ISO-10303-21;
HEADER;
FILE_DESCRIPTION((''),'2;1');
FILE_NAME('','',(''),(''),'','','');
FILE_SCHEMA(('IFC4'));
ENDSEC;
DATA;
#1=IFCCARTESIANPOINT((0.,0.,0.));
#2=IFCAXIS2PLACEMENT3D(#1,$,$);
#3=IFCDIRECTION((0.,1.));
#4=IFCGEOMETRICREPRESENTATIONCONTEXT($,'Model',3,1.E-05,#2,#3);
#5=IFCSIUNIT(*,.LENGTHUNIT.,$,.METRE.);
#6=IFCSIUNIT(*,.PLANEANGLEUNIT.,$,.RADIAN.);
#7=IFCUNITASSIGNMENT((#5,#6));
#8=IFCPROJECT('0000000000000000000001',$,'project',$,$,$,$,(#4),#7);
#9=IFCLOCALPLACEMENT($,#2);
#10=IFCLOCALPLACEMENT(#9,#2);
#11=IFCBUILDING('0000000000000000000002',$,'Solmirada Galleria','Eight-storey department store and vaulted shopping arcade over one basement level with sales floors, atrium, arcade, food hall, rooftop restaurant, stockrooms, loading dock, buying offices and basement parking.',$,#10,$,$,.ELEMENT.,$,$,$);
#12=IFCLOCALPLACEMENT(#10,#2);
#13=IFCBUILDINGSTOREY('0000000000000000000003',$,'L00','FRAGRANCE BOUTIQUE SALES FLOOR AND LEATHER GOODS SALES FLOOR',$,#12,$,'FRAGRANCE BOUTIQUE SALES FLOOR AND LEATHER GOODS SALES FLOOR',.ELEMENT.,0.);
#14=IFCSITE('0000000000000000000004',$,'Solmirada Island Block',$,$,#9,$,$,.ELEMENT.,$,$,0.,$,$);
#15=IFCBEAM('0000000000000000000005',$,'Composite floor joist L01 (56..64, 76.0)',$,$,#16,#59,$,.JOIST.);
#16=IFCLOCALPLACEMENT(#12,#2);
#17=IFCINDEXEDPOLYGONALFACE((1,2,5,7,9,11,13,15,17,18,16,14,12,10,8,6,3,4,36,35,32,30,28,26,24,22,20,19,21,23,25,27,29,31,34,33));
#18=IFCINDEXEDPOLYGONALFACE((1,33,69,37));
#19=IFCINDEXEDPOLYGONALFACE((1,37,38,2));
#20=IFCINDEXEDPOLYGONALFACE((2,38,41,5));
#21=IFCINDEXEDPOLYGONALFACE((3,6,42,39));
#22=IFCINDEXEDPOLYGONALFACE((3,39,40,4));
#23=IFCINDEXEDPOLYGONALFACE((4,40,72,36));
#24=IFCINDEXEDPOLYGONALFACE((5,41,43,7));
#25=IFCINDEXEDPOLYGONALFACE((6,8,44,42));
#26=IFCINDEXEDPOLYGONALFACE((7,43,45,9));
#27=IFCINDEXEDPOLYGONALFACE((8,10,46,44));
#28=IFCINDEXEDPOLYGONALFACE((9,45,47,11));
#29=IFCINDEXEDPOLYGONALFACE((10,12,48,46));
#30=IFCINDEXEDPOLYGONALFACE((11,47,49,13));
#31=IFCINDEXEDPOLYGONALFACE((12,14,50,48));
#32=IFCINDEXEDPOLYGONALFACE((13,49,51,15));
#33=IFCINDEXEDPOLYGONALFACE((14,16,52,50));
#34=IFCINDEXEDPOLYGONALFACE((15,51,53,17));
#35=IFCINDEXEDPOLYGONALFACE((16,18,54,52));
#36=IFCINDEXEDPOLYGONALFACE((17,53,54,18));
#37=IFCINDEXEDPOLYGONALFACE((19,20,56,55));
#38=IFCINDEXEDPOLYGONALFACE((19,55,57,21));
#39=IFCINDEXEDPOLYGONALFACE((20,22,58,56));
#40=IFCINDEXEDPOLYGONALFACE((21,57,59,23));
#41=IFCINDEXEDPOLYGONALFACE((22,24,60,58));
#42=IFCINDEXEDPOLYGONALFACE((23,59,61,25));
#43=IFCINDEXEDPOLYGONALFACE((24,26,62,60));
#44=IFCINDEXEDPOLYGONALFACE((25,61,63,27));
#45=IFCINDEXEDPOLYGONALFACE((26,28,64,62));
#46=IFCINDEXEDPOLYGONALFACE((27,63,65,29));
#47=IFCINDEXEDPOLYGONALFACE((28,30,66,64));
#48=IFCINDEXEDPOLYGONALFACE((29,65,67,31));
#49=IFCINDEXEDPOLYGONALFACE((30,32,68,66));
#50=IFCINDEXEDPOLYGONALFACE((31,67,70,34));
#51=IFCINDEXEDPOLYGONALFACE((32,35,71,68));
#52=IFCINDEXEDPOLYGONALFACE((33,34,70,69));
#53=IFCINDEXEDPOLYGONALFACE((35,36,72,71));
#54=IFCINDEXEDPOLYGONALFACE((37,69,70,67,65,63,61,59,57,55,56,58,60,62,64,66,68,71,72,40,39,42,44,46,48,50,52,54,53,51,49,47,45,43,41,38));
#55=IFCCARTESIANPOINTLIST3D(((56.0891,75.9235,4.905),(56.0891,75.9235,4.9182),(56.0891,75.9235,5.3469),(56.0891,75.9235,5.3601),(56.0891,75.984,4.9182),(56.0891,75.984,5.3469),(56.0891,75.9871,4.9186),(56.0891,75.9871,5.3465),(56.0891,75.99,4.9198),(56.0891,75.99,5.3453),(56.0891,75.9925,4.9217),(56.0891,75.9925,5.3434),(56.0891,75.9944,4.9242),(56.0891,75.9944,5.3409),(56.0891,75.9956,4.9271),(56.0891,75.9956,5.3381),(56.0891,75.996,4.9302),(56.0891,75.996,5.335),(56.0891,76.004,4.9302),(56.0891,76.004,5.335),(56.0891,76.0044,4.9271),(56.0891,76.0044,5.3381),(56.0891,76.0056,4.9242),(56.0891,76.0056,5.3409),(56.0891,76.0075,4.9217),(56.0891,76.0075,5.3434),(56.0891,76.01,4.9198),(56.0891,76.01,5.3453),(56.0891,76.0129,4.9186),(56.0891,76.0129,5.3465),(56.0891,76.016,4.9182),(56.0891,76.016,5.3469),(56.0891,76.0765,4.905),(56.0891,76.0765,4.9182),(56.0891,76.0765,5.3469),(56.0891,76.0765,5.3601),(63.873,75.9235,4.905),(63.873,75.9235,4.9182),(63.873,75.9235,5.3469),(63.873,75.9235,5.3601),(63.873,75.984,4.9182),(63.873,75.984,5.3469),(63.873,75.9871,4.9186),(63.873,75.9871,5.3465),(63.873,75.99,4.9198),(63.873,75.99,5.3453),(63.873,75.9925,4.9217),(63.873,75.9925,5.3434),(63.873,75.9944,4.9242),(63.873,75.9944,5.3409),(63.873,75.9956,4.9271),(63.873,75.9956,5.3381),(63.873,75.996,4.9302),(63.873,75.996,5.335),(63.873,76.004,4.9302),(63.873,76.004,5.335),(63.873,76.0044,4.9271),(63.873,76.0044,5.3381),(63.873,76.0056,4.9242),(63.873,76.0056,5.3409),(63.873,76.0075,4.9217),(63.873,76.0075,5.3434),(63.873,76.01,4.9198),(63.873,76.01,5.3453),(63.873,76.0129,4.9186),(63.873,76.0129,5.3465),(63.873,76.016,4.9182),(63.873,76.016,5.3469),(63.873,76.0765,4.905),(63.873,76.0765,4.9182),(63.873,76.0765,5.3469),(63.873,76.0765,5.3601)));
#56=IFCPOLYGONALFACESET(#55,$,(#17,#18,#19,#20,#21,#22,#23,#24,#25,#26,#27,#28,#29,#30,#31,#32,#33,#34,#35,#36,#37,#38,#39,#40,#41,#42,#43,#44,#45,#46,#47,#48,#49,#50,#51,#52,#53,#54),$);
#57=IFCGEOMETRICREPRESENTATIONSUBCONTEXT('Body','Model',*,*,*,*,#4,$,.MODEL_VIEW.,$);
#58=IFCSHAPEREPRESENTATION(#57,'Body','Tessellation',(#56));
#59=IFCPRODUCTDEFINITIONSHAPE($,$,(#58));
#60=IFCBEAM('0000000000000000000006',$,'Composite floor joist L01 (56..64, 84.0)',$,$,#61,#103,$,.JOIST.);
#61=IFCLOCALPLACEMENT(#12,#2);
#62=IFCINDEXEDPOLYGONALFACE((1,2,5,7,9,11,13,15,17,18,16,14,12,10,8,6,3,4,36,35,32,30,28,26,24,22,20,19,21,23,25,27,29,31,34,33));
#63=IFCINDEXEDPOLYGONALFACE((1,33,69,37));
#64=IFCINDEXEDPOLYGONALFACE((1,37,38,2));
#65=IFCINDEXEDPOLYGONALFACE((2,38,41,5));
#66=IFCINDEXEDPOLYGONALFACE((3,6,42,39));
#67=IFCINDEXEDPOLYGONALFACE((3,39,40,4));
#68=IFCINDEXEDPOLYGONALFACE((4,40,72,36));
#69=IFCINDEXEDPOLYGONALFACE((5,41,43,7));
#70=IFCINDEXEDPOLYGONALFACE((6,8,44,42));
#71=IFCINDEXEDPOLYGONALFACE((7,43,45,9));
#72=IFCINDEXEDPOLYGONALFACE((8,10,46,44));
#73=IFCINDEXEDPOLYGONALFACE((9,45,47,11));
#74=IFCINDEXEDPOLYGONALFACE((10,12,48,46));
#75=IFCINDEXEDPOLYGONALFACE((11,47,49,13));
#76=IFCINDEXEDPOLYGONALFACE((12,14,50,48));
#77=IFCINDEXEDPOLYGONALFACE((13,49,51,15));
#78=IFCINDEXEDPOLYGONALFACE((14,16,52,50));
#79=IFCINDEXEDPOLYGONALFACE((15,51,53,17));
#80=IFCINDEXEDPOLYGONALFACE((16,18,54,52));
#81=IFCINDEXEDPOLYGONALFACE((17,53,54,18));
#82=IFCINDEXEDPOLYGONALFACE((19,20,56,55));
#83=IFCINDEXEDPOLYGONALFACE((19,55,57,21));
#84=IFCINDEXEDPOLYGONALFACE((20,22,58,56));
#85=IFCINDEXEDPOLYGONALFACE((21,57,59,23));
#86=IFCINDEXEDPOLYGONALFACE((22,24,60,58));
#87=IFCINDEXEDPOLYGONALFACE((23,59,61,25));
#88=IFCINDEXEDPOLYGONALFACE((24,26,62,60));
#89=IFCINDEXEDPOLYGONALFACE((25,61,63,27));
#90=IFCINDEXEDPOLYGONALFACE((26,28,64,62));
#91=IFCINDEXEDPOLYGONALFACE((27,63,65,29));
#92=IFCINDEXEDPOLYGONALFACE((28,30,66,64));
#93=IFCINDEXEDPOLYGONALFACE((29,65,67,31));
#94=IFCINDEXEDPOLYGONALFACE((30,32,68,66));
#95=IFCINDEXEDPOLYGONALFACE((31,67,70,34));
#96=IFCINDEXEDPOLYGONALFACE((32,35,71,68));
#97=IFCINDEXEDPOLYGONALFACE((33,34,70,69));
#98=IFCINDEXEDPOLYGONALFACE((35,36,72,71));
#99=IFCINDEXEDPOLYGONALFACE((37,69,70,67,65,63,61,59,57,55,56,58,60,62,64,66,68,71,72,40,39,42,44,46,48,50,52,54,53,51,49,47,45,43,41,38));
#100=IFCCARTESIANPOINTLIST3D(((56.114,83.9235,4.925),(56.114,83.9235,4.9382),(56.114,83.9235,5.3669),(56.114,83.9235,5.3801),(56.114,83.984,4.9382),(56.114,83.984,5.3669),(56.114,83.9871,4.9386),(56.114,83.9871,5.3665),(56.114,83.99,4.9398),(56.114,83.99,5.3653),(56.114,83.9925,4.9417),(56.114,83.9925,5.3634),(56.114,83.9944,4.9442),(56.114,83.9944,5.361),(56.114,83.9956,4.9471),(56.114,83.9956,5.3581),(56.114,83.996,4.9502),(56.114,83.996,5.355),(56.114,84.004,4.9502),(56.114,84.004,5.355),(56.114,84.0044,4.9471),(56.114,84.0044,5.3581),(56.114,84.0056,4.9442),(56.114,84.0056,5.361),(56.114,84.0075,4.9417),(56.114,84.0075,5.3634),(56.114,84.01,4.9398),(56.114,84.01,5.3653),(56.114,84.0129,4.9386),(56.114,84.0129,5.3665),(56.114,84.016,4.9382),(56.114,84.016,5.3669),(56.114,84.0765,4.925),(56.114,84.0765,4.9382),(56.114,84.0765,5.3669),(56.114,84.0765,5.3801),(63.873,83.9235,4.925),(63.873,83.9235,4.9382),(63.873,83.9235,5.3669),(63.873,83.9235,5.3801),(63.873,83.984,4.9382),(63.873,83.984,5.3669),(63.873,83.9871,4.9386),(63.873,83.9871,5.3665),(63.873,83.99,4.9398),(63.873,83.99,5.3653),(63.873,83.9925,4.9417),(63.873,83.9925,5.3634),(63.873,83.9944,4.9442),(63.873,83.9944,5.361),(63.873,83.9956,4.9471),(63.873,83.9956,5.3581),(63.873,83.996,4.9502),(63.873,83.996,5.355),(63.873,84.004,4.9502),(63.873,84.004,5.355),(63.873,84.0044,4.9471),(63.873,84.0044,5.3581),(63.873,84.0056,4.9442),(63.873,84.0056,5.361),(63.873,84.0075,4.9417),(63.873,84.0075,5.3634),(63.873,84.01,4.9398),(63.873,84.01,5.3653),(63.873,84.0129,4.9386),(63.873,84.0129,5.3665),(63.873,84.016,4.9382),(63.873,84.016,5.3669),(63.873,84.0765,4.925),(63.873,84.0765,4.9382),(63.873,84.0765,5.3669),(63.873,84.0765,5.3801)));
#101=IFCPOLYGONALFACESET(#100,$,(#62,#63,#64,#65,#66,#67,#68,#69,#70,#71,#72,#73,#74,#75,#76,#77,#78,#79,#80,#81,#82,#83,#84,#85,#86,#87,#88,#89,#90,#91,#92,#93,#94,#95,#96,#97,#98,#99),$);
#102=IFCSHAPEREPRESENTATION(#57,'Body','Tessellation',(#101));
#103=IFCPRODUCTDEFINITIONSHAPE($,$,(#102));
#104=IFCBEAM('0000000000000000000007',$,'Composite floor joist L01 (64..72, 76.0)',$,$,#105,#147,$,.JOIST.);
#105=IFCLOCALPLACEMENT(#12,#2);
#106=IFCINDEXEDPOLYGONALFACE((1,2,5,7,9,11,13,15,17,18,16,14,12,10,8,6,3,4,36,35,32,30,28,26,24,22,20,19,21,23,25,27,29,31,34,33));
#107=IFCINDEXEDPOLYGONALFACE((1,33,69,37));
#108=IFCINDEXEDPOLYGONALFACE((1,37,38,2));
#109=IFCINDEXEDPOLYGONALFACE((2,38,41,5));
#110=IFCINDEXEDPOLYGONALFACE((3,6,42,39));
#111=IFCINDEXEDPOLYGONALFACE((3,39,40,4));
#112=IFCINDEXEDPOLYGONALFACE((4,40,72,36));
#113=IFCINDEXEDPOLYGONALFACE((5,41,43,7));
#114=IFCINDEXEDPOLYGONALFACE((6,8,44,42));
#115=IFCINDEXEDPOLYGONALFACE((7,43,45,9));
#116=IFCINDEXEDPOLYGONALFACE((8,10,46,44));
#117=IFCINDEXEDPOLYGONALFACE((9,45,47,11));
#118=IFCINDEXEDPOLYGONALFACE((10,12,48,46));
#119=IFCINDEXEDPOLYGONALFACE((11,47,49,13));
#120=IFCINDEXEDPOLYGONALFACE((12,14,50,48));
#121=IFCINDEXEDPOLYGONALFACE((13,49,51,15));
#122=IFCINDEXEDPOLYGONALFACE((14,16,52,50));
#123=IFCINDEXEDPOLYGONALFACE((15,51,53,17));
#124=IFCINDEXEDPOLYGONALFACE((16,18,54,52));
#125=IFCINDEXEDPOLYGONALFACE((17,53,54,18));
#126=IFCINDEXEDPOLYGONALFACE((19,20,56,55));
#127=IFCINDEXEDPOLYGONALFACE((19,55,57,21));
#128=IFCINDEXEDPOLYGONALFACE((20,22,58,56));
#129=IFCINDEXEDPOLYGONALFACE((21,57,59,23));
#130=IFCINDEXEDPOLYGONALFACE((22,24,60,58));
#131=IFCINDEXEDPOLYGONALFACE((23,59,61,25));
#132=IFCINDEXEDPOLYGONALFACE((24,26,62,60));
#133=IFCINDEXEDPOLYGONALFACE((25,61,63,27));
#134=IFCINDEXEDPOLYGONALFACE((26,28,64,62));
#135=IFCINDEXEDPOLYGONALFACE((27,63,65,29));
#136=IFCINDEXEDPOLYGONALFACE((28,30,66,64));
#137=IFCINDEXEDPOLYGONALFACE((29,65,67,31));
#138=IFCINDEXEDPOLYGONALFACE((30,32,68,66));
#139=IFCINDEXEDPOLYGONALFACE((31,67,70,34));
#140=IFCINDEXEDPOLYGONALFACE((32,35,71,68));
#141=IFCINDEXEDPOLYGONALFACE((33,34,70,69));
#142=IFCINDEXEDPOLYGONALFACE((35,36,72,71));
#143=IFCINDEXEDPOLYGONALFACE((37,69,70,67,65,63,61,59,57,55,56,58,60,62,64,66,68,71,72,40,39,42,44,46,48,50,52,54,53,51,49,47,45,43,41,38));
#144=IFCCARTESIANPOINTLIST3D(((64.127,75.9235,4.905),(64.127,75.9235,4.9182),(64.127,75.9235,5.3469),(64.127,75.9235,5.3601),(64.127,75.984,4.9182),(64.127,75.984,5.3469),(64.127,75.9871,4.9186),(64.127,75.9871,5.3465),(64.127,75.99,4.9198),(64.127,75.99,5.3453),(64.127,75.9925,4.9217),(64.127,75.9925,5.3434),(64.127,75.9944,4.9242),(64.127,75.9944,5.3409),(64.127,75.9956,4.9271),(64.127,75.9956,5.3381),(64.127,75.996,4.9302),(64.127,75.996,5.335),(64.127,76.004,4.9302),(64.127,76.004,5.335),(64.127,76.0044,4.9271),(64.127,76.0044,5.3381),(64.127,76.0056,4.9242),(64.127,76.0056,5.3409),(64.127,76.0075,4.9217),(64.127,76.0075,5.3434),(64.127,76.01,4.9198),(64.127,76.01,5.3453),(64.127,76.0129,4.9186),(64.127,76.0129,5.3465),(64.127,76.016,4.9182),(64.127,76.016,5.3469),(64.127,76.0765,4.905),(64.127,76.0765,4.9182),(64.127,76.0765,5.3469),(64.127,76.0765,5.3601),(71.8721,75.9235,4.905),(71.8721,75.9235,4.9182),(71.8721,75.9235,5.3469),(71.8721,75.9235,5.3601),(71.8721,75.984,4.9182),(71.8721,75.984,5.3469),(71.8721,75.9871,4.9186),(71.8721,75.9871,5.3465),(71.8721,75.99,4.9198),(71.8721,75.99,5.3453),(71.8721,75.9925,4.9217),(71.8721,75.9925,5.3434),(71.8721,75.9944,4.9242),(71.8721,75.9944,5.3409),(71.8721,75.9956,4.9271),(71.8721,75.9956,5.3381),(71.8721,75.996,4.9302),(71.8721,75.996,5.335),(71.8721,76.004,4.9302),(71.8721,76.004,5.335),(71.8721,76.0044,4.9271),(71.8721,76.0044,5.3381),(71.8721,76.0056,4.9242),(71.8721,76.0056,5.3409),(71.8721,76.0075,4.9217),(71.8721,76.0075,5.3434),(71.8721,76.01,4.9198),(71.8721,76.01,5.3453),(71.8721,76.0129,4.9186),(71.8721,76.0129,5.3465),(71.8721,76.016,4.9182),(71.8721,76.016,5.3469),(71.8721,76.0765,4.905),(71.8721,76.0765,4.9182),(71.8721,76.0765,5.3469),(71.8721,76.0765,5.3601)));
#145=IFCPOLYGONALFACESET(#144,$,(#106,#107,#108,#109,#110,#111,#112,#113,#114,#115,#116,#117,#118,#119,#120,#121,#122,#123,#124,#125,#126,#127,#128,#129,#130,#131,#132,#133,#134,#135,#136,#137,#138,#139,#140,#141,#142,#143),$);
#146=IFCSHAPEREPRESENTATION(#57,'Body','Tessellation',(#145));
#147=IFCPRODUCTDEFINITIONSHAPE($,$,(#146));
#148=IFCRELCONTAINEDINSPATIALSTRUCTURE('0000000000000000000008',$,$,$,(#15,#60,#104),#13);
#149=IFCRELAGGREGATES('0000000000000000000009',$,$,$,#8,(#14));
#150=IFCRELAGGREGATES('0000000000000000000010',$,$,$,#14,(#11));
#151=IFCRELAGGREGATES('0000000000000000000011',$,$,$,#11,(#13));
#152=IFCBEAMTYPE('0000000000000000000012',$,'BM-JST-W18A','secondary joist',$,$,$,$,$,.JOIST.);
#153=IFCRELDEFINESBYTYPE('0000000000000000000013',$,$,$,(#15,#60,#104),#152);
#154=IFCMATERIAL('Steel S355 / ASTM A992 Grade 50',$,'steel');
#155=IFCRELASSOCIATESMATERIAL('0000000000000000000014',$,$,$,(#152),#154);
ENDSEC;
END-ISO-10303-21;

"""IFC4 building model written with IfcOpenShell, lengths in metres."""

from ifc_helpers import new_model, si_unit, direction, frame, origin, origin_2d, place, context, subcontext, project, spatial, i_section, extrude, material, material_profile, profile_set, type_object, element, save


model = new_model("IFC4")

# Units and contexts
model_context = context("Model", 3, precision=1e-05, world=origin(), true_north=direction((0.0, 1.0)))
body_context = subcontext(model_context, "Body", "Model", "MODEL_VIEW")
ifc_project = project(units=[si_unit("LENGTHUNIT", "METRE"), si_unit("PLANEANGLEUNIT", "RADIAN")], contexts=[model_context])

# Site, building, storey
site_placement = place(None, origin())
site = spatial("IfcSite", under=ifc_project, at=site_placement, Name="Solmirada Island Block", CompositionType="ELEMENT", RefElevation=0.0)
building_placement = place(site_placement, origin())
building = spatial("IfcBuilding", under=site, at=building_placement, Name="Solmirada Galleria", Description="Eight-storey department store and vaulted shopping arcade over one basement level with sales floors, atrium, arcade, food hall, rooftop restaurant, stockrooms, loading dock, buying offices and basement parking.", CompositionType="ELEMENT")
storey_placement = place(building_placement, origin())
storey = spatial("IfcBuildingStorey", under=building, at=storey_placement, Name="L00", Description="FRAGRANCE BOUTIQUE SALES FLOOR AND LEATHER GOODS SALES FLOOR", LongName="FRAGRANCE BOUTIQUE SALES FLOOR AND LEATHER GOODS SALES FLOOR", CompositionType="ELEMENT", Elevation=0.0)

# Beams
ifc_material_1 = material(Name="Steel S355 / ASTM A992 Grade 50", Category="steel")
ifc_material_profile_1 = material_profile(ifc_material_1, i_section(OverallWidth=0.1531, OverallDepth=0.4551, WebThickness=0.0081, FlangeThickness=0.0132, FilletRadius=0.012, at=origin_2d()), Name="W18X40")
ifc_profile_set_1 = profile_set([ifc_material_profile_1], Name="Steel S355 / ASTM A992 Grade 50")
beam_type_1 = type_object("IfcBeamType", Name="BM-JST-W18A", Description="secondary joist", PredefinedType="JOIST", material=ifc_profile_set_1)
beam_1_placement = place(storey_placement, frame((56.0891, 76.0, 5.1326), z_axis=(1.0, 0.0, 0.0), x_axis=(0.0, 1.0, 0.0)))
element("IfcBeam", 1, at=beam_1_placement, inside=storey, type_object=beam_type_1, Name="Composite floor joist L01 (56..64, 76.0)", PredefinedType="JOIST", context=body_context, shape_type="SweptSolid", body=[
    extrude(i_section(OverallWidth=0.1531, OverallDepth=0.4551, WebThickness=0.0081, FlangeThickness=0.0132, FilletRadius=0.012, at=origin_2d()), origin(), (0.0, 0.0, 1.0), 7.7839),
])
beam_2_placement = place(storey_placement, frame((56.114, 84.0, 5.1526), z_axis=(1.0, 0.0, 0.0), x_axis=(0.0, 1.0, 0.0)))
element("IfcBeam", 2, at=beam_2_placement, inside=storey, type_object=beam_type_1, Name="Composite floor joist L01 (56..64, 84.0)", PredefinedType="JOIST", context=body_context, shape_type="SweptSolid", body=[
    extrude(i_section(OverallWidth=0.1531, OverallDepth=0.4551, WebThickness=0.0081, FlangeThickness=0.0132, FilletRadius=0.012, at=origin_2d()), origin(), (0.0, 0.0, 1.0), 7.759),
])
beam_3_placement = place(storey_placement, frame((64.127, 76.0, 5.1326), z_axis=(1.0, 0.0, 0.0), x_axis=(0.0, 1.0, 0.0)))
element("IfcBeam", 3, at=beam_3_placement, inside=storey, type_object=beam_type_1, Name="Composite floor joist L01 (64..72, 76.0)", PredefinedType="JOIST", context=body_context, shape_type="SweptSolid", body=[
    extrude(i_section(OverallWidth=0.1531, OverallDepth=0.4551, WebThickness=0.0081, FlangeThickness=0.0132, FilletRadius=0.012, at=origin_2d()), origin(), (0.0, 0.0, 1.0), 7.7451),
])

save(model, "model.ifc")
